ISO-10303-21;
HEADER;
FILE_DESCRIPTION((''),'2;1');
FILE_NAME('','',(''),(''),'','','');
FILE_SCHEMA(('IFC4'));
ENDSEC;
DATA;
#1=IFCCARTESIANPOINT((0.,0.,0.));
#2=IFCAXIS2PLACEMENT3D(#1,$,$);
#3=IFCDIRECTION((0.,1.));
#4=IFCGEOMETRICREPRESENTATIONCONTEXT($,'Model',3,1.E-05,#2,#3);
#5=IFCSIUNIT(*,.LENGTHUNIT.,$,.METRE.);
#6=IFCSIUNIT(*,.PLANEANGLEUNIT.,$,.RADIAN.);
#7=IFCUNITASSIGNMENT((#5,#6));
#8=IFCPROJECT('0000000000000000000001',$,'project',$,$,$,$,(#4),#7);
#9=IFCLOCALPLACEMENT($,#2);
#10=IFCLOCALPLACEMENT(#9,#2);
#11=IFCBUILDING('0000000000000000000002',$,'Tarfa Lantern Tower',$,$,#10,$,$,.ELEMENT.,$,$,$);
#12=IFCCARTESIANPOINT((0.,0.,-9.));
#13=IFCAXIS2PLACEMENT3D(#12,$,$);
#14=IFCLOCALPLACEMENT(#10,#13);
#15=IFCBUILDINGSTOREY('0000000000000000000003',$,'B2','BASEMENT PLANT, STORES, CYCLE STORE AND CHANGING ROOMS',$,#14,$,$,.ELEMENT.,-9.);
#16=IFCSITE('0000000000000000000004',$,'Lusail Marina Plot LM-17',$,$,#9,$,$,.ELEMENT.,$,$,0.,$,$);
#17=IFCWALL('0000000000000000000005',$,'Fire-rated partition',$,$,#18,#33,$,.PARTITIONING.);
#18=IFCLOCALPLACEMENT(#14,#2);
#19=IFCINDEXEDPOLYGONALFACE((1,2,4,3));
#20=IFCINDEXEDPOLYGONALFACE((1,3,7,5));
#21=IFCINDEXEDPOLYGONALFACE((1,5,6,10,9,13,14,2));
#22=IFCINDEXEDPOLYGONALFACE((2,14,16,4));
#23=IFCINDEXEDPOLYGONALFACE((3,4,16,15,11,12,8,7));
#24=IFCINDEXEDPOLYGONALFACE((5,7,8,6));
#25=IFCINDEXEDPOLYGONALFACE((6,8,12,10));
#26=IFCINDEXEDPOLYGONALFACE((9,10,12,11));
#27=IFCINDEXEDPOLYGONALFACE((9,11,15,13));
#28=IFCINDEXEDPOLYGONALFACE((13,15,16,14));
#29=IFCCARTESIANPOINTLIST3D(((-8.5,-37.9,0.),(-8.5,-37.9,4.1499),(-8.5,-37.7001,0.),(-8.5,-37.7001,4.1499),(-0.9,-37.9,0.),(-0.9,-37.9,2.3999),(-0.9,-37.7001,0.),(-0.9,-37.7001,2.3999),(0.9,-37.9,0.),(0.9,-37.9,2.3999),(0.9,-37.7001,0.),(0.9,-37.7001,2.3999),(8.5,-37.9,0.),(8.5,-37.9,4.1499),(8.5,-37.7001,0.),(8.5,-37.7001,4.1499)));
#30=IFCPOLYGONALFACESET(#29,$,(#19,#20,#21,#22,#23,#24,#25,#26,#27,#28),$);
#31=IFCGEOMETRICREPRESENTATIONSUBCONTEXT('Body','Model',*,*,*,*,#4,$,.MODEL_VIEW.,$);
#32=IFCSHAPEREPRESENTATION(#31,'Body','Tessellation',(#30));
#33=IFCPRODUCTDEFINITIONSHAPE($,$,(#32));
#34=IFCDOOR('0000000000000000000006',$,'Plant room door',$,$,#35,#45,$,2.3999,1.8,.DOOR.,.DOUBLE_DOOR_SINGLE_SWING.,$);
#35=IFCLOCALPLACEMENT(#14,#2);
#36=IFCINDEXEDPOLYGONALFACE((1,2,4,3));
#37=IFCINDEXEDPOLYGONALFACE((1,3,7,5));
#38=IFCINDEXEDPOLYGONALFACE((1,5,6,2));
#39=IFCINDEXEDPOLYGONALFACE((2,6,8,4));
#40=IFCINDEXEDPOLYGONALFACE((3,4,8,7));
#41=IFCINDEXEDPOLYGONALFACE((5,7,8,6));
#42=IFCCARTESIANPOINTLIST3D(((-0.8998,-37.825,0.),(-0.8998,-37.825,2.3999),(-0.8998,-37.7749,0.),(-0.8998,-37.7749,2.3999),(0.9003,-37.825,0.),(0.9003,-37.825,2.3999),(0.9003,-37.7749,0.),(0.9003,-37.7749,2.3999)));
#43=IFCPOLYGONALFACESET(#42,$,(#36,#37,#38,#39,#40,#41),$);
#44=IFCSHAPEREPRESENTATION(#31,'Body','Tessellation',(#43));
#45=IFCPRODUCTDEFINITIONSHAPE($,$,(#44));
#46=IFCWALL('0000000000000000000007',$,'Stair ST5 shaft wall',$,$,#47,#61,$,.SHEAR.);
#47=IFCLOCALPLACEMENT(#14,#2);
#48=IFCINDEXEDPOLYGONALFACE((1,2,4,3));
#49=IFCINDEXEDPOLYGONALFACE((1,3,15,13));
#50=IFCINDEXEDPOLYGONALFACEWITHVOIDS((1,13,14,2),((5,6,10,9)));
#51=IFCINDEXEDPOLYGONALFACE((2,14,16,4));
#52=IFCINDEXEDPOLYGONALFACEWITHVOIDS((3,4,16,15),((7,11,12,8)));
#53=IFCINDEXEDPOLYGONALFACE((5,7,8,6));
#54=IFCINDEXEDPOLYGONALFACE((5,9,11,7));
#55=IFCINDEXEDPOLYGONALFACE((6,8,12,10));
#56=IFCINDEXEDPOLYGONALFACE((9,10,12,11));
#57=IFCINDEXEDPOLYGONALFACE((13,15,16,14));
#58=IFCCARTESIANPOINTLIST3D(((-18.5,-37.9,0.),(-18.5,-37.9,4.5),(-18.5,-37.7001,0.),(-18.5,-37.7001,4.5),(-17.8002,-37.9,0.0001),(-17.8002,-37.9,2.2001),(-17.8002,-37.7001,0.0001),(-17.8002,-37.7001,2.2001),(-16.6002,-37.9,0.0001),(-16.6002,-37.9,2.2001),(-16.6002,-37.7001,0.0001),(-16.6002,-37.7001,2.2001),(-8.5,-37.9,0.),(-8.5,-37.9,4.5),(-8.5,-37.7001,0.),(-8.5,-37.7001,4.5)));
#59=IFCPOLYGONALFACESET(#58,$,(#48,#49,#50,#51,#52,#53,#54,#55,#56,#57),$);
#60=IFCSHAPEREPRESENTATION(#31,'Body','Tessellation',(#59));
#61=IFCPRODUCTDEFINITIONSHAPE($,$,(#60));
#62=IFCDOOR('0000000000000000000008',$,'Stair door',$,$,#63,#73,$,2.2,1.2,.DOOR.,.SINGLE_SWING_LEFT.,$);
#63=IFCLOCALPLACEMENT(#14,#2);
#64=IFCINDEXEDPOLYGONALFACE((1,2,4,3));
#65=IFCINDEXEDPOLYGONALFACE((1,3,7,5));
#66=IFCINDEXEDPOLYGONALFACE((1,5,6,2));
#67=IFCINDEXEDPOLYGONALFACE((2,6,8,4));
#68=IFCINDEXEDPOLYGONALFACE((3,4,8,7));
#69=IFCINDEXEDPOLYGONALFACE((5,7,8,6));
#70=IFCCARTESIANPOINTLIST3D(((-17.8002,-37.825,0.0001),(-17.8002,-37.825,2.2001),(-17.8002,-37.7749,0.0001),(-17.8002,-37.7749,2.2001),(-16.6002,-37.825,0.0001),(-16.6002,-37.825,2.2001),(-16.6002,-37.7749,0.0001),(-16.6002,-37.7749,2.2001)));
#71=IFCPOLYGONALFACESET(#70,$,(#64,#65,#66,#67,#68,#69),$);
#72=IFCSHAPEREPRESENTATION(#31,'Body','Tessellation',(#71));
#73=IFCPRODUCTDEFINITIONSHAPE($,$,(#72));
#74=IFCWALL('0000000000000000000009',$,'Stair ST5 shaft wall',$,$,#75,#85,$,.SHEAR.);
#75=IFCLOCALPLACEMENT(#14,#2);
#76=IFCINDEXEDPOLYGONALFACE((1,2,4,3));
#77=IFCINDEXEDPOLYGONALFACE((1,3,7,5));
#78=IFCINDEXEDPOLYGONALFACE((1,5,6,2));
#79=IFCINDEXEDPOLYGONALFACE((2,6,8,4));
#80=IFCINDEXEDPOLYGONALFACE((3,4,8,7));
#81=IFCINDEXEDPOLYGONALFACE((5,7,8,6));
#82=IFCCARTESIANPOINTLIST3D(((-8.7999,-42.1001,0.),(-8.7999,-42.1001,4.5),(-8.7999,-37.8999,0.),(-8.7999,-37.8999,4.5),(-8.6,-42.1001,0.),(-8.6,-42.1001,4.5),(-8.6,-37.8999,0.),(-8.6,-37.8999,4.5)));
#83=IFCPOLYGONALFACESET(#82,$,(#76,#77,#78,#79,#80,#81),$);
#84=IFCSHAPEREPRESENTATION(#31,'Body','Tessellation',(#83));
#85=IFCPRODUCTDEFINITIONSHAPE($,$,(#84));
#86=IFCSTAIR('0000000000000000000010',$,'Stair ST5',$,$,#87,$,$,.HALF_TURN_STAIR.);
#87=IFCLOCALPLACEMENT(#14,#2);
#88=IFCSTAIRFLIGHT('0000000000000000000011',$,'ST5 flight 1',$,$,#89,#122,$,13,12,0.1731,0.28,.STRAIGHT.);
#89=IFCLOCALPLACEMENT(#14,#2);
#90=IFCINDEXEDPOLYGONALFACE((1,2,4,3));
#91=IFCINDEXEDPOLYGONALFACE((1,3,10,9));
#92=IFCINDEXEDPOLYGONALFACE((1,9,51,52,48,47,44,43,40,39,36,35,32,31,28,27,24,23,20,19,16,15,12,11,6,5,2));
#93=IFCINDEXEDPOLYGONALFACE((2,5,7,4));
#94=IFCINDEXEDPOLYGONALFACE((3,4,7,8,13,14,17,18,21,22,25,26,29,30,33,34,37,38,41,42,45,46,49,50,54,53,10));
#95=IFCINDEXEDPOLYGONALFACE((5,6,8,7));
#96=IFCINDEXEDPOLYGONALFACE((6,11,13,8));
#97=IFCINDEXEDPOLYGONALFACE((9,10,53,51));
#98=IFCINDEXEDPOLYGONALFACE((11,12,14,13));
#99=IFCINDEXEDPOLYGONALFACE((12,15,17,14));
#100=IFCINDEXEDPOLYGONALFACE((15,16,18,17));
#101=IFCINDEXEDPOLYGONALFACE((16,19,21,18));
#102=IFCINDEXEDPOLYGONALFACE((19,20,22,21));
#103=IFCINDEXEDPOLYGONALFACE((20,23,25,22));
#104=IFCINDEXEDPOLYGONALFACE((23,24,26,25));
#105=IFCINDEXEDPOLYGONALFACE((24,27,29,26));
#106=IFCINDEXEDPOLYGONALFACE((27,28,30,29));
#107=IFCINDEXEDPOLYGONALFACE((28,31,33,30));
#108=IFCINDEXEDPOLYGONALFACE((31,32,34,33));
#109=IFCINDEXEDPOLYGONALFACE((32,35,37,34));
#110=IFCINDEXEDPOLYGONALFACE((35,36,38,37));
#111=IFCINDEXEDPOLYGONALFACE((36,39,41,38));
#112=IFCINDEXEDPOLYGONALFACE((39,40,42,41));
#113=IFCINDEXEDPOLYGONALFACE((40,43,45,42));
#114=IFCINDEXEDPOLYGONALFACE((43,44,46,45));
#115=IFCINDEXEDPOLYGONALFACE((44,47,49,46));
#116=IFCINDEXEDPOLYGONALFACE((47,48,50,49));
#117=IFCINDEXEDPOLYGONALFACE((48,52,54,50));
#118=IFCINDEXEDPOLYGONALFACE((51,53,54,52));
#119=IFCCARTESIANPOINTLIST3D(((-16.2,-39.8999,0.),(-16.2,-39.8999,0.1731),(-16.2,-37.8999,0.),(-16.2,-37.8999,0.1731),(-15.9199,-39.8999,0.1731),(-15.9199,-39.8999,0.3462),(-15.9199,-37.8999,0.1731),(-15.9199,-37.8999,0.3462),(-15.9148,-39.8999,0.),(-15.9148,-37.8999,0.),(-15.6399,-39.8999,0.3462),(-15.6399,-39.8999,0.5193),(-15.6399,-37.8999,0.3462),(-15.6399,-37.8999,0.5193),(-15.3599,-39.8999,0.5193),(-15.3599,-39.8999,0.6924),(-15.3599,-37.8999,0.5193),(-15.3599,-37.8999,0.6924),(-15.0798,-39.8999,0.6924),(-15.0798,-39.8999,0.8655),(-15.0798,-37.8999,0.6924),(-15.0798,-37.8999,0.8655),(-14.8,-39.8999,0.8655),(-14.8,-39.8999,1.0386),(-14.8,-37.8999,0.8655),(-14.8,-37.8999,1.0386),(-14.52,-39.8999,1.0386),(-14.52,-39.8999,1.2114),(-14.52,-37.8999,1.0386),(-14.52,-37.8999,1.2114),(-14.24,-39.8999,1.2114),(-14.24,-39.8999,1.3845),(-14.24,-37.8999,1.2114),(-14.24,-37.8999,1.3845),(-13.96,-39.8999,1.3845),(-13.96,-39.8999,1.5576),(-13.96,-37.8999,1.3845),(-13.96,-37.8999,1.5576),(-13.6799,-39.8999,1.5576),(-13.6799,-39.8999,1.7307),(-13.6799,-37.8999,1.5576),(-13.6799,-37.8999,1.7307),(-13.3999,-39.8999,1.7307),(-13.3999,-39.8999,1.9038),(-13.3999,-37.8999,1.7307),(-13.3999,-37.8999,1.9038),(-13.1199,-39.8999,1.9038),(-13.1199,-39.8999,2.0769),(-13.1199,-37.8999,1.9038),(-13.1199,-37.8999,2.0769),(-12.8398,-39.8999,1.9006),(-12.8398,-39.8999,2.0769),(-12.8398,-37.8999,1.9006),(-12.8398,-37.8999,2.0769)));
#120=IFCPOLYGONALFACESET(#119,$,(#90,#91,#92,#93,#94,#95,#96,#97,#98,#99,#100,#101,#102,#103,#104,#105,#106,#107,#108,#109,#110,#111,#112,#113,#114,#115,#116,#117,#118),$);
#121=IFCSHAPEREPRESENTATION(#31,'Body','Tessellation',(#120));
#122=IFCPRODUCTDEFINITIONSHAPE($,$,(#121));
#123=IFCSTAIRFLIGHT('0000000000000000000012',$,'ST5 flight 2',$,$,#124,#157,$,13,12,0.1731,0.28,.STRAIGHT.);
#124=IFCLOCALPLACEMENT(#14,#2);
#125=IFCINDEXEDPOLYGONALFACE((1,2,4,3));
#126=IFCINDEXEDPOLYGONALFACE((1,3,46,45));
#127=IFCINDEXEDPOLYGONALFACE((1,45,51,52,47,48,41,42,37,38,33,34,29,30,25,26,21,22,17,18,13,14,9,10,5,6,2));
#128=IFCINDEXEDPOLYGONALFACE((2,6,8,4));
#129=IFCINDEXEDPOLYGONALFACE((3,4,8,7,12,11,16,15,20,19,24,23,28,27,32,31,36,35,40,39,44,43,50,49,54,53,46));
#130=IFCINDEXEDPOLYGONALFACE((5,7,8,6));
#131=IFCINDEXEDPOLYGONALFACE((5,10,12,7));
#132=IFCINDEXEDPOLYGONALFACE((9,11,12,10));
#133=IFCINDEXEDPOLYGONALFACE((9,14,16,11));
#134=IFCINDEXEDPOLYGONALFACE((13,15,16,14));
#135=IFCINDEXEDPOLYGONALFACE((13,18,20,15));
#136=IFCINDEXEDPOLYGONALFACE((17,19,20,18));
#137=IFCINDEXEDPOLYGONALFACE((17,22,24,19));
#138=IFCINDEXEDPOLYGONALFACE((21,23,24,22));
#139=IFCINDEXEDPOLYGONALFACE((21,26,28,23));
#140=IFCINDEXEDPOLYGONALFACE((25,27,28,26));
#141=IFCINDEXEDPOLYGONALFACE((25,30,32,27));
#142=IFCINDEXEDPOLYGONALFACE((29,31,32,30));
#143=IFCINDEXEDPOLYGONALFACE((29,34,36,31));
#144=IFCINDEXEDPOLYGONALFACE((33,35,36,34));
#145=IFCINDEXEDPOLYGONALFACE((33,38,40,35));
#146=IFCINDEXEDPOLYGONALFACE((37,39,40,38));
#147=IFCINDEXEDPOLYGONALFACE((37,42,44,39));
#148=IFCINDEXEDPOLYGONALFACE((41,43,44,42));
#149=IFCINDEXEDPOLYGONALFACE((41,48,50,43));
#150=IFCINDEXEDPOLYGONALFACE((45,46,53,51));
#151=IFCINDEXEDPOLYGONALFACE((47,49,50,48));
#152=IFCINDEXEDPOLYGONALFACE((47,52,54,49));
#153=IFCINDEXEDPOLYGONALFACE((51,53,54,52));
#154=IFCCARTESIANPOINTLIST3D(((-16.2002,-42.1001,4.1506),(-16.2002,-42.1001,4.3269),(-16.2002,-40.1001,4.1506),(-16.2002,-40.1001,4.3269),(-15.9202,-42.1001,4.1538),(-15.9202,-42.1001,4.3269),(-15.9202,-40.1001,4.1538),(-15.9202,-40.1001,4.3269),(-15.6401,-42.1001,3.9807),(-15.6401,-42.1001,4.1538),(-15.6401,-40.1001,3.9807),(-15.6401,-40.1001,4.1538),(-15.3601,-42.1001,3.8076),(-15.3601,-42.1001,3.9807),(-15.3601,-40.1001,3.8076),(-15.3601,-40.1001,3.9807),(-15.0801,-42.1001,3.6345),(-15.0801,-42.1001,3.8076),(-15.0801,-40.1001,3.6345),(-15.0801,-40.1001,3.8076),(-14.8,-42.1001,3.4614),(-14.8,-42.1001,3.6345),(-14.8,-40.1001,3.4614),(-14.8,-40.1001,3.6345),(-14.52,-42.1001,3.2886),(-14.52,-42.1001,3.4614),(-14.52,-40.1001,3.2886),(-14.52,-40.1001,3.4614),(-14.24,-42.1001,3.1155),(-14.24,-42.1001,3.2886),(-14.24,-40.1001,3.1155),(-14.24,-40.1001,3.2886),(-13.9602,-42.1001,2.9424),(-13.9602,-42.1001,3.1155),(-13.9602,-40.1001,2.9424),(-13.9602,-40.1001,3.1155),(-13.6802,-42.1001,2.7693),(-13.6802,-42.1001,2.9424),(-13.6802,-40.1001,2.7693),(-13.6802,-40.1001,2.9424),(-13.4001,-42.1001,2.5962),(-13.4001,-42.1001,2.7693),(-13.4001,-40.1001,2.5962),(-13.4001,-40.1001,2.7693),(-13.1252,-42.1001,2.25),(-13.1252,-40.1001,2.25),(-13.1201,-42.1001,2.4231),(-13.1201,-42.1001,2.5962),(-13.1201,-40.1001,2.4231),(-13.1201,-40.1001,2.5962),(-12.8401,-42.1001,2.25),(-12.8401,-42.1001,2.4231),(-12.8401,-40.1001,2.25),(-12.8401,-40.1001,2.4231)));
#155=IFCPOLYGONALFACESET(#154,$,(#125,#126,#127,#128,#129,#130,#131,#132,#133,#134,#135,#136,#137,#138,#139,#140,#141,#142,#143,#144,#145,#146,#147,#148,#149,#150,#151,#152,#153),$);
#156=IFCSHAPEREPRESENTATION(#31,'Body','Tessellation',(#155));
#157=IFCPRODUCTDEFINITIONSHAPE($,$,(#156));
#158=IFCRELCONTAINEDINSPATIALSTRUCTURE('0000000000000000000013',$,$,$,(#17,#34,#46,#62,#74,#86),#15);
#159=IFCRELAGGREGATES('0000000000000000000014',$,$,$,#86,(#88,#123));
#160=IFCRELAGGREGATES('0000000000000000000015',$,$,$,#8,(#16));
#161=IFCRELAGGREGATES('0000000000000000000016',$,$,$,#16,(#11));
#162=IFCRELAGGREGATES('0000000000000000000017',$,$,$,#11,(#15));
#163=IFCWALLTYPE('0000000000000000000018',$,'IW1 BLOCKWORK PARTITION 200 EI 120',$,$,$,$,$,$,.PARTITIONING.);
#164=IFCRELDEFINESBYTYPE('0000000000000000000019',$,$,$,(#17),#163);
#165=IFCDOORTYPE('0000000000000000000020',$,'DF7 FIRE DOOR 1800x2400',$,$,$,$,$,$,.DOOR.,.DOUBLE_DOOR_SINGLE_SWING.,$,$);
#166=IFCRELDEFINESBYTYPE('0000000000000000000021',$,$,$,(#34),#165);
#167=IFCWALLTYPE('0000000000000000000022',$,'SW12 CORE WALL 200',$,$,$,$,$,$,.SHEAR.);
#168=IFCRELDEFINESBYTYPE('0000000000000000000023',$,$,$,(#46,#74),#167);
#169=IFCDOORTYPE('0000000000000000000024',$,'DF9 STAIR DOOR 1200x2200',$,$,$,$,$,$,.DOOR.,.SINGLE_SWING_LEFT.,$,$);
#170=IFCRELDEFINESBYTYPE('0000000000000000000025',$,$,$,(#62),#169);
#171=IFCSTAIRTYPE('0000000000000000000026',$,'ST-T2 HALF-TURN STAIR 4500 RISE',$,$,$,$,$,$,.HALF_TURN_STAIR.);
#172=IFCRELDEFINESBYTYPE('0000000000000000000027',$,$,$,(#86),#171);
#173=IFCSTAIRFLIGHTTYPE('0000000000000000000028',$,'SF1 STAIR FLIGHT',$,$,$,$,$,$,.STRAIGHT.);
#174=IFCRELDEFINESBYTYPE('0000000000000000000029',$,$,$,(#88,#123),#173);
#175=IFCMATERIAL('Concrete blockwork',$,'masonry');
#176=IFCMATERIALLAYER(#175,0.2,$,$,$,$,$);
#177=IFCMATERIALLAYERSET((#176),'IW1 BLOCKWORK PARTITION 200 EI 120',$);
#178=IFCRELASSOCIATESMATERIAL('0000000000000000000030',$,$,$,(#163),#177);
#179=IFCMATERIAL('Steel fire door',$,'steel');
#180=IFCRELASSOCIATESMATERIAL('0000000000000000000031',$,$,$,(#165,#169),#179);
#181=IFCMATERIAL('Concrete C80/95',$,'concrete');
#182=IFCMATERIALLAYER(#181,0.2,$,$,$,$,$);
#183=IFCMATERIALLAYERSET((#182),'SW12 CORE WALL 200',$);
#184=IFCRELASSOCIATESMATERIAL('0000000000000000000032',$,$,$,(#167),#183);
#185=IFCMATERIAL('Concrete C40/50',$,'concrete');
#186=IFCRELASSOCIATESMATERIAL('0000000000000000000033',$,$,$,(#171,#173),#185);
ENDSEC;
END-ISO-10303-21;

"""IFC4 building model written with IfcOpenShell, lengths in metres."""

from ifc_helpers import new_model, si_unit, direction, frame, frame_2d, origin, place, context, subcontext, project, spatial, polyline, rectangle, outline, extrude, material, layer, layer_set, type_object, element, fill, aggregate, save


model = new_model("IFC4")

# Units and contexts
model_context = context("Model", 3, precision=1e-05, world=origin(), true_north=direction((0.0, 1.0)))
body_context = subcontext(model_context, "Body", "Model", "MODEL_VIEW")
ifc_project = project(units=[si_unit("LENGTHUNIT", "METRE"), si_unit("PLANEANGLEUNIT", "RADIAN")], contexts=[model_context])

# Site, building, storey
site_placement = place(None, origin())
site = spatial("IfcSite", under=ifc_project, at=site_placement, Name="Lusail Marina Plot LM-17", CompositionType="ELEMENT", RefElevation=0.0)
building_placement = place(site_placement, origin())
building = spatial("IfcBuilding", under=site, at=building_placement, Name="Tarfa Lantern Tower", CompositionType="ELEMENT")
storey_placement = place(building_placement, frame((0.0, 0.0, -9.0)))
storey = spatial("IfcBuildingStorey", under=building, at=storey_placement, Name="B2", Description="BASEMENT PLANT, STORES, CYCLE STORE AND CHANGING ROOMS", CompositionType="ELEMENT", Elevation=-9.0)

# Shared definitions
ifc_material_1 = material(Name="Concrete C40/50", Category="concrete")

# Shared definitions
ifc_material_2 = material(Name="Concrete C80/95", Category="concrete")

# Walls, openings, doors
ifc_material_3 = material(Name="Concrete blockwork", Category="masonry")
ifc_layer_1 = layer(ifc_material_3, 0.2)
ifc_layer_set_1 = layer_set([ifc_layer_1], Name="IW1 BLOCKWORK PARTITION 200 EI 120")
wall_type_1 = type_object("IfcWallType", Name="IW1 BLOCKWORK PARTITION 200 EI 120", PredefinedType="PARTITIONING", material=ifc_layer_set_1)
wall_1_placement = place(storey_placement, frame((-8.5, -37.8, 0.0), z_axis=(0.0, 0.0, 1.0), x_axis=(1.0, 0.0, 0.0)))
wall_1 = element("IfcWall", 1, at=wall_1_placement, inside=storey, type_object=wall_type_1, Name="Fire-rated partition", PredefinedType="PARTITIONING", context=body_context, shape_type="SweptSolid", body=[
    extrude(rectangle(XDim=17.0, YDim=0.2, at=frame_2d((8.5, 0.0))), origin(), (0.0, 0.0, 1.0), 4.1499),
])
opening_1_placement = place(wall_1_placement, frame((7.6001, 0.0, 0.0)))
opening_1 = element("IfcOpeningElement", 2, at=opening_1_placement, cuts=wall_1, PredefinedType="OPENING", context=body_context, shape_type="SweptSolid", body=[
    extrude(rectangle(XDim=1.8, YDim=2.3999, at=frame_2d((0.8999, 1.2))), frame((0.0, 0.1099, 0.0), z_axis=(0.0, -1.0, 0.0), x_axis=(1.0, 0.0, 0.0)), (0.0, 0.0, 1.0), 0.22),
])
ifc_material_4 = material(Name="Steel fire door", Category="steel")
door_type_1 = type_object("IfcDoorType", Name="DF7 FIRE DOOR 1800x2400", OperationType="DOUBLE_DOOR_SINGLE_SWING", PredefinedType="DOOR", material=ifc_material_4)
door_1_placement = place(opening_1_placement, frame((1.8, 0.0, 0.0), z_axis=(0.0, 0.0, 1.0), x_axis=(-1.0, 0.0, 0.0)))
door_1 = element("IfcDoor", 3, at=door_1_placement, inside=storey, type_object=door_type_1, Name="Plant room door", OperationType="DOUBLE_DOOR_SINGLE_SWING", OverallHeight=2.3999, OverallWidth=1.8, PredefinedType="DOOR", context=body_context, shape_type="SweptSolid", body=[
    extrude(rectangle(XDim=1.8, YDim=2.3999, at=frame_2d((0.8999, 1.2))), frame((0.0, 0.0249, 0.0), z_axis=(0.0, -1.0, 0.0), x_axis=(1.0, 0.0, 0.0)), (0.0, 0.0, 1.0), 0.05),
])
fill(opening_1, door_1)
ifc_layer_2 = layer(ifc_material_2, 0.2)
ifc_layer_set_2 = layer_set([ifc_layer_2], Name="SW12 CORE WALL 200")
wall_type_2 = type_object("IfcWallType", Name="SW12 CORE WALL 200", PredefinedType="SHEAR", material=ifc_layer_set_2)
wall_2_placement = place(storey_placement, frame((-8.5, -37.8, 0.0), z_axis=(0.0, 0.0, 1.0), x_axis=(-1.0, 0.0, 0.0)))
wall_2 = element("IfcWall", 4, at=wall_2_placement, inside=storey, type_object=wall_type_2, Name="Stair ST5 shaft wall", PredefinedType="SHEAR", context=body_context, shape_type="SweptSolid", body=[
    extrude(rectangle(XDim=10.0, YDim=0.2, at=frame_2d((5.0, 0.0))), origin(), (0.0, 0.0, 1.0), 4.5),
])
opening_2_placement = place(wall_2_placement, frame((8.1001, 0.0, 0.0)))
opening_2 = element("IfcOpeningElement", 5, at=opening_2_placement, cuts=wall_2, PredefinedType="OPENING", context=body_context, shape_type="SweptSolid", body=[
    extrude(rectangle(XDim=1.2, YDim=2.2, at=frame_2d((0.6001, 1.1001))), frame((0.0, 0.1099, 0.0), z_axis=(0.0, -1.0, 0.0), x_axis=(1.0, 0.0, 0.0)), (0.0, 0.0, 1.0), 0.22),
])
door_type_2 = type_object("IfcDoorType", Name="DF9 STAIR DOOR 1200x2200", OperationType="SINGLE_SWING_LEFT", PredefinedType="DOOR", material=ifc_material_4)
door_2_placement = place(opening_2_placement, origin())
door_2 = element("IfcDoor", 6, at=door_2_placement, inside=storey, type_object=door_type_2, Name="Stair door", OperationType="SINGLE_SWING_LEFT", OverallHeight=2.2, OverallWidth=1.2, PredefinedType="DOOR", context=body_context, shape_type="SweptSolid", body=[
    extrude(rectangle(XDim=1.2, YDim=2.2, at=frame_2d((0.6001, 1.1001))), frame((0.0, 0.0249, 0.0), z_axis=(0.0, -1.0, 0.0), x_axis=(1.0, 0.0, 0.0)), (0.0, 0.0, 1.0), 0.05),
])
fill(opening_2, door_2)

# Wall
wall_3_placement = place(storey_placement, frame((-8.7, -42.1001, 0.0), z_axis=(0.0, 0.0, 1.0), x_axis=(0.0, 1.0, 0.0)))
element("IfcWall", 7, at=wall_3_placement, inside=storey, type_object=wall_type_2, Name="Stair ST5 shaft wall", PredefinedType="SHEAR", context=body_context, shape_type="SweptSolid", body=[
    extrude(rectangle(XDim=4.2002, YDim=0.2, at=frame_2d((2.1001, 0.0))), origin(), (0.0, 0.0, 1.0), 4.5),
])

# Stair, stair flights
stair_type = type_object("IfcStairType", Name="ST-T2 HALF-TURN STAIR 4500 RISE", PredefinedType="HALF_TURN_STAIR", material=ifc_material_1)
stair_placement = place(storey_placement, origin())
stair = element("IfcStair", 8, at=stair_placement, inside=storey, type_object=stair_type, Name="Stair ST5", PredefinedType="HALF_TURN_STAIR")
stair_flight_type = type_object("IfcStairFlightType", Name="SF1 STAIR FLIGHT", PredefinedType="STRAIGHT", material=ifc_material_1)
stair_flight_1_placement = place(storey_placement, frame((-16.2, -38.8999, 0.0), z_axis=(0.0, 0.0, 1.0), x_axis=(1.0, 0.0, 0.0)))
stair_flight_1 = element("IfcStairFlight", 9, at=stair_flight_1_placement, type_object=stair_flight_type, Name="ST5 flight 1", NumberOfRisers=13, NumberOfTreads=12, PredefinedType="STRAIGHT", RiserHeight=0.1731, TreadLength=0.28, context=body_context, shape_type="SweptSolid", body=[
    extrude(outline(polyline([(0.0, 0.0), (0.0, 0.1731), (0.28, 0.1731), (0.28, 0.3462), (0.5601, 0.3462), (0.5601, 0.5193), (0.8401, 0.5193), (0.8401, 0.6924), (1.1201, 0.6924), (1.1201, 0.8655), (1.3999, 0.8655), (1.3999, 1.0386), (1.6799, 1.0386), (1.6799, 1.2114), (1.96, 1.2114), (1.96, 1.3845), (2.24, 1.3845), (2.24, 1.5576), (2.52, 1.5576), (2.52, 1.7307), (2.8, 1.7307), (2.8, 1.9038), (3.0801, 1.9038), (3.0801, 2.0769), (3.3601, 2.0769), (3.3601, 2.25), (3.3601, 1.9006), (0.2852, 0.0), (0.0, 0.0)])), frame((0.0, 1.0, 0.0), z_axis=(0.0, -1.0, 0.0), x_axis=(1.0, 0.0, 0.0)), (0.0, 0.0, 1.0), 2.0),
])
stair_flight_2_placement = place(storey_placement, frame((-12.8401, -41.1001, 2.25), z_axis=(0.0, 0.0, 1.0), x_axis=(-1.0, 0.0, 0.0)))
stair_flight_2 = element("IfcStairFlight", 10, at=stair_flight_2_placement, type_object=stair_flight_type, Name="ST5 flight 2", NumberOfRisers=13, NumberOfTreads=12, PredefinedType="STRAIGHT", RiserHeight=0.1731, TreadLength=0.28, context=body_context, shape_type="SweptSolid", body=[
    extrude(outline(polyline([(0.0, 0.0), (0.0, 0.1731), (0.28, 0.1731), (0.28, 0.3462), (0.5601, 0.3462), (0.5601, 0.5193), (0.8401, 0.5193), (0.8401, 0.6924), (1.1201, 0.6924), (1.1201, 0.8655), (1.3999, 0.8655), (1.3999, 1.0386), (1.6799, 1.0386), (1.6799, 1.2114), (1.96, 1.2114), (1.96, 1.3845), (2.24, 1.3845), (2.24, 1.5576), (2.52, 1.5576), (2.52, 1.7307), (2.8, 1.7307), (2.8, 1.9038), (3.0801, 1.9038), (3.0801, 2.0769), (3.3601, 2.0769), (3.3601, 2.25), (3.3601, 1.9006), (0.2852, 0.0), (0.0, 0.0)])), frame((0.0, 1.0, 0.0), z_axis=(0.0, -1.0, 0.0), x_axis=(1.0, 0.0, 0.0)), (0.0, 0.0, 1.0), 2.0),
])
aggregate(stair, [stair_flight_1, stair_flight_2])

save(model, "model.ifc")
